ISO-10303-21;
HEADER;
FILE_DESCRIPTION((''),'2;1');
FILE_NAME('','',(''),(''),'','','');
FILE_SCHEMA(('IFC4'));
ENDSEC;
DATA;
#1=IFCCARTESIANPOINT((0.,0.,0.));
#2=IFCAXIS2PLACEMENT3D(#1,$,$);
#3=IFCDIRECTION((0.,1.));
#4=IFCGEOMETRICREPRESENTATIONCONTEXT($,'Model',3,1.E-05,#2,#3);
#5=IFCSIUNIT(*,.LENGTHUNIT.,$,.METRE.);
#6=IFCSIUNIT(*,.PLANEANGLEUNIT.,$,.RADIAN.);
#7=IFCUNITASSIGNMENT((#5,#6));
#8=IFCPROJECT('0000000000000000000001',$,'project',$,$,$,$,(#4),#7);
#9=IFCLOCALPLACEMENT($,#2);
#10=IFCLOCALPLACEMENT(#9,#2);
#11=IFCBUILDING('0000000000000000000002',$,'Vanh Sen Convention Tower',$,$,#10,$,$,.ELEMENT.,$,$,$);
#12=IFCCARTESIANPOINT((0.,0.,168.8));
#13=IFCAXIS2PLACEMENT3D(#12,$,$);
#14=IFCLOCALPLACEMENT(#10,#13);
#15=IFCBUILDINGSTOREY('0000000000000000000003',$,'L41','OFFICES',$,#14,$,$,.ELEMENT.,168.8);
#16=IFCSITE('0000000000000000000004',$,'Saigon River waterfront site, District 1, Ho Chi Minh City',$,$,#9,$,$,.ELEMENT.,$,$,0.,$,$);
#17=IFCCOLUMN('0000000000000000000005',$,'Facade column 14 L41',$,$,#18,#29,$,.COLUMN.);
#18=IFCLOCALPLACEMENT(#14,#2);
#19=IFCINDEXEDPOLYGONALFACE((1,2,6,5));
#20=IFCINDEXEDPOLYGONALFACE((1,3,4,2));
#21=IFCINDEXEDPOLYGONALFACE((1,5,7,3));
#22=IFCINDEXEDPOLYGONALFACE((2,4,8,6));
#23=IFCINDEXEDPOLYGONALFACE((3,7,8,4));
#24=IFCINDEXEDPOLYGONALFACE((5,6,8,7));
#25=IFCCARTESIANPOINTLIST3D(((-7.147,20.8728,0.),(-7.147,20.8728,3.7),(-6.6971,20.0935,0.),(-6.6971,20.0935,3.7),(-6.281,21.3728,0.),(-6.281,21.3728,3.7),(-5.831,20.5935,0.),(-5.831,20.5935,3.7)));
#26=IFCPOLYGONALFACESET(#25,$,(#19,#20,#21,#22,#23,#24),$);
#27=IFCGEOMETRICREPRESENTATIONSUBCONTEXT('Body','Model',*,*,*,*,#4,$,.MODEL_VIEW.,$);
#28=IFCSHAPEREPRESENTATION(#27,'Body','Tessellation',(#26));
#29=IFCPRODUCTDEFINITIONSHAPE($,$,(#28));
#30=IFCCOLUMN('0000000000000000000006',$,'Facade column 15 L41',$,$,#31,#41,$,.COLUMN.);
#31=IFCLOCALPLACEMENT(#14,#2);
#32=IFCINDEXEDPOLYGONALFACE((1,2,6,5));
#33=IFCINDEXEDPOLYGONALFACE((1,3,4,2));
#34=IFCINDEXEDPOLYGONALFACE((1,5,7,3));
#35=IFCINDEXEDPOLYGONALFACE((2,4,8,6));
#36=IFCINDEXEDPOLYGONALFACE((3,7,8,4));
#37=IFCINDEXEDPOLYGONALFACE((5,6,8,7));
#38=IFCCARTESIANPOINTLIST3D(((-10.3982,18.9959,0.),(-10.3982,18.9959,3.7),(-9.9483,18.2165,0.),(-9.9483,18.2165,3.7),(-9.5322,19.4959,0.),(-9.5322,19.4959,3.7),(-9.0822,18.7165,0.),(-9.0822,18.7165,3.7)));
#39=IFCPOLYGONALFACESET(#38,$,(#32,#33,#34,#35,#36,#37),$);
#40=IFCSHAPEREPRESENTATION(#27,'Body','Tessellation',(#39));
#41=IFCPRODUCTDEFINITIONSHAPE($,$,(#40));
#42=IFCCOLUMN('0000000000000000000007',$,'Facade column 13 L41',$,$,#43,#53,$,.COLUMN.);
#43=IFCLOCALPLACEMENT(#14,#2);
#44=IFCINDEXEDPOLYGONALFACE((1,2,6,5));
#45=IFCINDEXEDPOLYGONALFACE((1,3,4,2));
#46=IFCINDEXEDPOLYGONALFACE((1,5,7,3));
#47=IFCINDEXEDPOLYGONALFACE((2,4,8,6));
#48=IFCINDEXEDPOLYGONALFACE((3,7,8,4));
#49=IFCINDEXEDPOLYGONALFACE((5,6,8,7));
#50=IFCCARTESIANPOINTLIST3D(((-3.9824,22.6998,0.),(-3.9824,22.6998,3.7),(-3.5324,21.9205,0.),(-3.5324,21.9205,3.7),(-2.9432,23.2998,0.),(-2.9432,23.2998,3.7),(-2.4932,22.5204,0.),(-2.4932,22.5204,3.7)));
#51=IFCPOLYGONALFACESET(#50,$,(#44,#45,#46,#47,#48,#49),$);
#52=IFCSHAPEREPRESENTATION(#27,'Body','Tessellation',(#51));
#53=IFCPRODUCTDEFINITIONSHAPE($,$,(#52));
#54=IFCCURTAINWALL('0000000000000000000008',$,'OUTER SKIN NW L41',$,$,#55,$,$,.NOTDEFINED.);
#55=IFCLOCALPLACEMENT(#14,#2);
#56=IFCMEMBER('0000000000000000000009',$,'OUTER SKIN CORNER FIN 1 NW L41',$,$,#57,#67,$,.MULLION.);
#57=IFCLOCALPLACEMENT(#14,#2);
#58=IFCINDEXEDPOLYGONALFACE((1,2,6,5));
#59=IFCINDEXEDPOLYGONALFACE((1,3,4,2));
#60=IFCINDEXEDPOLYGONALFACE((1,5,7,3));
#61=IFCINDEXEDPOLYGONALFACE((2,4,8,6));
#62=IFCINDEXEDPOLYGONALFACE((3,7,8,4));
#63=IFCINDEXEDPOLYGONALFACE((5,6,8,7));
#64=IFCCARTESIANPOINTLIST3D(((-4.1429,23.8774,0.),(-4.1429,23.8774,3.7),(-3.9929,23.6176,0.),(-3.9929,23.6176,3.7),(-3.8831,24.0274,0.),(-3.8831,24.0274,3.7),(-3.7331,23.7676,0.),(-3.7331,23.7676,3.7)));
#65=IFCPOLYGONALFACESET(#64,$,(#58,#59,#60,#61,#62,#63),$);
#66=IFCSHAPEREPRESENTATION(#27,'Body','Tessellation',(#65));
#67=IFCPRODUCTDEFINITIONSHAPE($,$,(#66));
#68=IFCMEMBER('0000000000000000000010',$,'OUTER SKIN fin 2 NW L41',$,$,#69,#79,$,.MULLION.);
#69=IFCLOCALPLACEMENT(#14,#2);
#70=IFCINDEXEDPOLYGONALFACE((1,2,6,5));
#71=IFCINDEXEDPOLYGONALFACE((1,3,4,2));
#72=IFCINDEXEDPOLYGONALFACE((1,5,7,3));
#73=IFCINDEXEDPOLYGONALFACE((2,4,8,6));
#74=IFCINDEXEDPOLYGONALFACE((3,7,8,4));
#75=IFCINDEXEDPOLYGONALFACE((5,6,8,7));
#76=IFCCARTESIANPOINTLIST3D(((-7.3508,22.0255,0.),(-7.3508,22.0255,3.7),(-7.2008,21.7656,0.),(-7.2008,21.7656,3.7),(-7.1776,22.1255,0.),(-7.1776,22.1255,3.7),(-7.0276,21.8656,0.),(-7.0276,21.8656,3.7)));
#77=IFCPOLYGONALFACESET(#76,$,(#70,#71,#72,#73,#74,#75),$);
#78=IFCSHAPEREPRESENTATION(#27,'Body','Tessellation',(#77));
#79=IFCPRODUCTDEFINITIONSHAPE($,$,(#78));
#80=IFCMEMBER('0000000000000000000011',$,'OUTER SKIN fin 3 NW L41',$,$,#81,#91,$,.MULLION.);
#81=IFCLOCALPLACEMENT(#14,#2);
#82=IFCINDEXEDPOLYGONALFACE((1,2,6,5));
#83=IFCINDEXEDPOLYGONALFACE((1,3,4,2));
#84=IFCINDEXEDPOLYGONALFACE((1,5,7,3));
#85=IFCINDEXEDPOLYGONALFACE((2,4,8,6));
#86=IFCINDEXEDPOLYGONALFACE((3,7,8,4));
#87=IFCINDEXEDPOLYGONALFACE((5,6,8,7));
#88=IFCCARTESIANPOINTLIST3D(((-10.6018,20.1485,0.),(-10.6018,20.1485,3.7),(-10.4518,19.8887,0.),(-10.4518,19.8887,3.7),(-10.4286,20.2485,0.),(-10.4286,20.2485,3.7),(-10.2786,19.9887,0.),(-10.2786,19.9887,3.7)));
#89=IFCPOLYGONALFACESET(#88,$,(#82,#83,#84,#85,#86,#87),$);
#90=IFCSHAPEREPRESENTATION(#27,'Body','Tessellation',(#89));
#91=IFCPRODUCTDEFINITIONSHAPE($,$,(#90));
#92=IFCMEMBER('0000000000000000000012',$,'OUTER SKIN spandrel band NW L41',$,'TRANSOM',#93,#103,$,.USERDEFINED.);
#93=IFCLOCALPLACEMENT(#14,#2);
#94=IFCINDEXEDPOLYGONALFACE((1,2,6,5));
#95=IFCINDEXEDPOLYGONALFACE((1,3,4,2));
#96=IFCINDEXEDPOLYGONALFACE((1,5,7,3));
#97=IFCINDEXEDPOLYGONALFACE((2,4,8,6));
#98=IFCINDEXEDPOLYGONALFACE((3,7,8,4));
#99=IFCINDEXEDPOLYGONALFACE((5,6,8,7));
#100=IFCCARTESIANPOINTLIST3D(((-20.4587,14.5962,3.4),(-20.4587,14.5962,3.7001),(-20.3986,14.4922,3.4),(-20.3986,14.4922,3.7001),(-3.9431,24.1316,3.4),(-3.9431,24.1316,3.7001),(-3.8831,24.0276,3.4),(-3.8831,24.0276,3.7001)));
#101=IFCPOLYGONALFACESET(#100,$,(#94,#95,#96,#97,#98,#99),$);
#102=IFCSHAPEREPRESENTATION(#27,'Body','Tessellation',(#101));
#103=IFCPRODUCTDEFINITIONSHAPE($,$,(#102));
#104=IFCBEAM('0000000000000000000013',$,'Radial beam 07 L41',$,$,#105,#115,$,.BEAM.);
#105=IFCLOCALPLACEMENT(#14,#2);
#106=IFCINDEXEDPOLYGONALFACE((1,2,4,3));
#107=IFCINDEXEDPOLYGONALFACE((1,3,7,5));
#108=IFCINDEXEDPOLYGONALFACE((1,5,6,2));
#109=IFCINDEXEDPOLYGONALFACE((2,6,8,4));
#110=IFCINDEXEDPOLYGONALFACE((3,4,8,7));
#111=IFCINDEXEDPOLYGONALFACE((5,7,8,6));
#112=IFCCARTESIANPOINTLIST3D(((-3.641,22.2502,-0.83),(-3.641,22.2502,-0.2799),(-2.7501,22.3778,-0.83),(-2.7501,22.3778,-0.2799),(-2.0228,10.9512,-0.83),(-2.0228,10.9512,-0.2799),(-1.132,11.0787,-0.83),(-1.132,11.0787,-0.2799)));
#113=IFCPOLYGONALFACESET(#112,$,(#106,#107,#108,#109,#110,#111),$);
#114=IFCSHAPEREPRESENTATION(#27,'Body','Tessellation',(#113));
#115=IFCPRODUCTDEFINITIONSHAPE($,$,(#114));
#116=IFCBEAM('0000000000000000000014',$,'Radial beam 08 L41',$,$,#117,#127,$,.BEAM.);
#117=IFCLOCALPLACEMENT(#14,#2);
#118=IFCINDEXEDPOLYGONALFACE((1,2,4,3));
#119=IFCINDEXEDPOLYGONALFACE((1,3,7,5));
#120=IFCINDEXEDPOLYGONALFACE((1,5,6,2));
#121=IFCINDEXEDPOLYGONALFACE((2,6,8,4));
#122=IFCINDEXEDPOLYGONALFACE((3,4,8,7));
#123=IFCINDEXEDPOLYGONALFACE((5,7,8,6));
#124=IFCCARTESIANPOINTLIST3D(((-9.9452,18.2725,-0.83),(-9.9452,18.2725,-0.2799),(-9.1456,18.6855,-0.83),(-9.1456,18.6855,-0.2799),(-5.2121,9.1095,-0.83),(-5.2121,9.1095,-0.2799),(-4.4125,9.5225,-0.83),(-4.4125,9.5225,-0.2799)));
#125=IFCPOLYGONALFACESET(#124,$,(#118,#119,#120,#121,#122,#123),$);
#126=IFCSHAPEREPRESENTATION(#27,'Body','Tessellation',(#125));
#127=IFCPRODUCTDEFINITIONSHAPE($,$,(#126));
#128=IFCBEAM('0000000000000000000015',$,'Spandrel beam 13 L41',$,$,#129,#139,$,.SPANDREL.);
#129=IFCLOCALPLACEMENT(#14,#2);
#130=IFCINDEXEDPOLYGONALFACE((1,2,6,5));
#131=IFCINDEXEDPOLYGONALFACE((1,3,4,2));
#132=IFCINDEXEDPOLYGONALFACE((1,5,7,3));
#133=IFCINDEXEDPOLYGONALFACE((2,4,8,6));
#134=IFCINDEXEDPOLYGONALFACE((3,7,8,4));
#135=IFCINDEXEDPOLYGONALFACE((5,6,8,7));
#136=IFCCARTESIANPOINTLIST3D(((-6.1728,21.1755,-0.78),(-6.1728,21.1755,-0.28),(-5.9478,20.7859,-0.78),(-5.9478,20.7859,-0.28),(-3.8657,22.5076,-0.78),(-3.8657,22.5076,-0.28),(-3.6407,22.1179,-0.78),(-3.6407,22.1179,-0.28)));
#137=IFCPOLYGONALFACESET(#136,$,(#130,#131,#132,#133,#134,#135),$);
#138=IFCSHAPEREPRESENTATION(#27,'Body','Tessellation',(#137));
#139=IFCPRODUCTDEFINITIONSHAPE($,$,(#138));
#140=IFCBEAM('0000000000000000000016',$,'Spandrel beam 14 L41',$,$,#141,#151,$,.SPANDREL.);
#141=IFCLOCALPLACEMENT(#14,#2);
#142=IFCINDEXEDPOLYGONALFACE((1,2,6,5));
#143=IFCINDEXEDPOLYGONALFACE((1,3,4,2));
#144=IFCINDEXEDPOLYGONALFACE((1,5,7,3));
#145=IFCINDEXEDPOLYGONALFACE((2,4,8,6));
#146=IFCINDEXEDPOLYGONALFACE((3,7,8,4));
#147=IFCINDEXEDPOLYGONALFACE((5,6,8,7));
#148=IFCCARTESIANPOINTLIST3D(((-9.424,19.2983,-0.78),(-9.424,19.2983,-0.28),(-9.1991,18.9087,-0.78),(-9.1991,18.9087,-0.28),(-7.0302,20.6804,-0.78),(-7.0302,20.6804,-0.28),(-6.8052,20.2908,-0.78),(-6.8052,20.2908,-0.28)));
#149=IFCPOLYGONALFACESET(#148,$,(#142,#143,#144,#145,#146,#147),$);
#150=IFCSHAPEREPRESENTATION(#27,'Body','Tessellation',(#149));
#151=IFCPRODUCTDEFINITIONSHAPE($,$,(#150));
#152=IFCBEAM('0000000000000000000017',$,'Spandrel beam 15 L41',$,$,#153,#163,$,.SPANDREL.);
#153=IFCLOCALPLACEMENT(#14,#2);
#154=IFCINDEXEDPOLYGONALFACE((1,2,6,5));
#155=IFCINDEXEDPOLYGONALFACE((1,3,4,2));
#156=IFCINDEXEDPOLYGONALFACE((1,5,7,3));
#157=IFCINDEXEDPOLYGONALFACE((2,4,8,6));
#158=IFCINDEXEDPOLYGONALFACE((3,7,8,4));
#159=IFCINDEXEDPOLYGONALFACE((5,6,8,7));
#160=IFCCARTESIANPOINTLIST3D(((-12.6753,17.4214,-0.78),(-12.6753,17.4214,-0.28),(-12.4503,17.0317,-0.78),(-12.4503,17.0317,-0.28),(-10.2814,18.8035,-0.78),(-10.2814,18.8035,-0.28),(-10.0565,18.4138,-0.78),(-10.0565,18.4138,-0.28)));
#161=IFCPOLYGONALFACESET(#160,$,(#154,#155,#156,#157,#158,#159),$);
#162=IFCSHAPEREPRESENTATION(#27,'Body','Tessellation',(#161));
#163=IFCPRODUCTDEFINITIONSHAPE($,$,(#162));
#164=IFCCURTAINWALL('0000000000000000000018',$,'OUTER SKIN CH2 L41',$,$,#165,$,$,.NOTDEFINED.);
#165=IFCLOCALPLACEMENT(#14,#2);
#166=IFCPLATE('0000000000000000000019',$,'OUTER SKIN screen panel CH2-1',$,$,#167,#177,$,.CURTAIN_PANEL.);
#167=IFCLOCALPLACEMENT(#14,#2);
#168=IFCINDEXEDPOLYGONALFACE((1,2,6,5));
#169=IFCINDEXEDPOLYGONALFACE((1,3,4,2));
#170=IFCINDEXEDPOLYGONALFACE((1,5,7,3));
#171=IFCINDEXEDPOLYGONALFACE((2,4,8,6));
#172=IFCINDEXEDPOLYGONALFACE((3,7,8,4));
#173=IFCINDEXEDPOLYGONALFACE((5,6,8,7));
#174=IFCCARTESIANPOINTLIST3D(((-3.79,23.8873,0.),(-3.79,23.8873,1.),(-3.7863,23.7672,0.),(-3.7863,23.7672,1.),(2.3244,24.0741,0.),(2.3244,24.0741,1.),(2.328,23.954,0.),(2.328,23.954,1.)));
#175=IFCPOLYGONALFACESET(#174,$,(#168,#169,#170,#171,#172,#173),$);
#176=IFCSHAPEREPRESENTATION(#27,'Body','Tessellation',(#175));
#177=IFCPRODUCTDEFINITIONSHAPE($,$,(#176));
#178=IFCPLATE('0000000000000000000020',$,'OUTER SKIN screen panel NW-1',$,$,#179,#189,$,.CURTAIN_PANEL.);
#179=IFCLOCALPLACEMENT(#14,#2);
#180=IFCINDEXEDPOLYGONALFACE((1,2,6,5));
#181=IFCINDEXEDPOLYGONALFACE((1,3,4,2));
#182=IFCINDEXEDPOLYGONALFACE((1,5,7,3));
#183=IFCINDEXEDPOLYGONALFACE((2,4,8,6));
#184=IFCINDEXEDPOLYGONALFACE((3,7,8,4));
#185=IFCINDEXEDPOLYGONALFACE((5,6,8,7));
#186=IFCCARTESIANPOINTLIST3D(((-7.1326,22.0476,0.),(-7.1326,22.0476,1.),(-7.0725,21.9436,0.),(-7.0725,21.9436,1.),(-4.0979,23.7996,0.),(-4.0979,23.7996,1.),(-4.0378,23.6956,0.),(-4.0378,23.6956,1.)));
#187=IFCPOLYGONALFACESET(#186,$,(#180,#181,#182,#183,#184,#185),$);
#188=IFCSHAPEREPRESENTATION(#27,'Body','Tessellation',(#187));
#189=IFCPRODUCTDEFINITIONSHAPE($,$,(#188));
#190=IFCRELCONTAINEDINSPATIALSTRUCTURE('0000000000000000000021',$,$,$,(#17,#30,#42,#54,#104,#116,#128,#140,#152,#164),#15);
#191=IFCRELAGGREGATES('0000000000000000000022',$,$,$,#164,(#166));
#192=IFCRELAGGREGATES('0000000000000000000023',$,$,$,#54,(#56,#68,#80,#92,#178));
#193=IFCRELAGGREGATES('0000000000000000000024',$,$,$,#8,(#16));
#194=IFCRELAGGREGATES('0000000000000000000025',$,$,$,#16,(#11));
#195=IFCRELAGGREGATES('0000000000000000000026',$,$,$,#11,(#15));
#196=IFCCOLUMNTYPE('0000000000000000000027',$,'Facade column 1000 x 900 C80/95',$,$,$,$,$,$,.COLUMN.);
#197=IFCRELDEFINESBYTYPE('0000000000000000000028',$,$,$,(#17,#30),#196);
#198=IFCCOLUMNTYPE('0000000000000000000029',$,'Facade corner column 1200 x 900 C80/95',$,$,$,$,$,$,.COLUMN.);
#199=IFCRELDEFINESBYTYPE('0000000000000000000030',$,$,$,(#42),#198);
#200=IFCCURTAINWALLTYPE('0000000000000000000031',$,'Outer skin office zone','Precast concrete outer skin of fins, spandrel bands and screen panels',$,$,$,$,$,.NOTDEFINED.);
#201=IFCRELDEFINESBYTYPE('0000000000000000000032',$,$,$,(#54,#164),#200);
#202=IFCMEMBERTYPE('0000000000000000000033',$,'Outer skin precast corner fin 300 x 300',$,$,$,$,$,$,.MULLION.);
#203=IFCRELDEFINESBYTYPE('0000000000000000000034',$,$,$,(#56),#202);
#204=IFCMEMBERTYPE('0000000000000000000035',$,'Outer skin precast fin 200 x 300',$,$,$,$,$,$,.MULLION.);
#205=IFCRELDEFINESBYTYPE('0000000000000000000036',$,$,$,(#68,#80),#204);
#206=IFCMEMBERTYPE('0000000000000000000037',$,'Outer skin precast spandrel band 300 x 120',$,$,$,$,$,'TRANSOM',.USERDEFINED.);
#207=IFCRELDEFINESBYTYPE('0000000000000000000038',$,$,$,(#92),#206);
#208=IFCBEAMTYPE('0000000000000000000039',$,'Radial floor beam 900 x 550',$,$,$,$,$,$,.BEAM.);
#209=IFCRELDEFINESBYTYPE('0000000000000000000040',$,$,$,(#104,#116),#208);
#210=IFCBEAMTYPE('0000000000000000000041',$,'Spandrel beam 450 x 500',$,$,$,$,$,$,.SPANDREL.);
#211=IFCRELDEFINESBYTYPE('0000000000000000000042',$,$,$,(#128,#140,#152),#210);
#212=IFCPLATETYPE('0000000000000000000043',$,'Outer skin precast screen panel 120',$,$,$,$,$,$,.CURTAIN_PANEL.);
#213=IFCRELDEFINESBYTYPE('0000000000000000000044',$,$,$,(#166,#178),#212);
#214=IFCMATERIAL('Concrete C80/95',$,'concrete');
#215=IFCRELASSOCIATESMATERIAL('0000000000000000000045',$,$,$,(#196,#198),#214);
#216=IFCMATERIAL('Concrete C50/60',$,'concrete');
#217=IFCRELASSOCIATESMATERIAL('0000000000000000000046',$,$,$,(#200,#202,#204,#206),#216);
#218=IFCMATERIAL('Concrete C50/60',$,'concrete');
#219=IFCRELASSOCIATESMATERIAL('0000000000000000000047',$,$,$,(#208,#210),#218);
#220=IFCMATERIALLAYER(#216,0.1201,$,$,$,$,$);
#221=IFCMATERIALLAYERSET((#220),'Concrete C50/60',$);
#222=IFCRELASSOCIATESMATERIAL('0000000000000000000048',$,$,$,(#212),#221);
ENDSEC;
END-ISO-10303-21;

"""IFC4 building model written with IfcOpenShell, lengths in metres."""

from ifc_helpers import new_model, si_unit, direction, frame, origin, origin_2d, place, context, subcontext, project, spatial, rectangle, extrude, material, layer, layer_set, material_profile, profile_set, type_object, element, aggregate, save


model = new_model("IFC4")

# Units and contexts
model_context = context("Model", 3, precision=1e-05, world=origin(), true_north=direction((0.0, 1.0)))
body_context = subcontext(model_context, "Body", "Model", "MODEL_VIEW")
ifc_project = project(units=[si_unit("LENGTHUNIT", "METRE"), si_unit("PLANEANGLEUNIT", "RADIAN")], contexts=[model_context])

# Site, building, storey
site_placement = place(None, origin())
site = spatial("IfcSite", under=ifc_project, at=site_placement, Name="Saigon River waterfront site, District 1, Ho Chi Minh City", CompositionType="ELEMENT", RefElevation=0.0)
building_placement = place(site_placement, origin())
building = spatial("IfcBuilding", under=site, at=building_placement, Name="Vanh Sen Convention Tower", CompositionType="ELEMENT")
storey_placement = place(building_placement, frame((0.0, 0.0, 168.8)))
storey = spatial("IfcBuildingStorey", under=building, at=storey_placement, Name="L41", Description="OFFICES", CompositionType="ELEMENT", Elevation=168.8)

# Columns
ifc_material_1 = material(Name="Concrete C80/95", Category="concrete")
ifc_material_profile_1 = material_profile(ifc_material_1, rectangle(XDim=1.0, YDim=0.8999, at=origin_2d()), Name="RC 1000X900")
ifc_profile_set_1 = profile_set([ifc_material_profile_1], Name="Concrete C80/95")
column_type_1 = type_object("IfcColumnType", Name="Facade column 1000 x 900 C80/95", PredefinedType="COLUMN", material=ifc_profile_set_1)
for number, where, z_axis, x_axis, name in (
    (1, (-6.489, 20.7332, 0.0), (0.0, 0.0, 1.0), (-0.866025, -0.5, 0.0), "Facade column 14 L41"),
    (2, (-9.7402, 18.8562, 0.0), (0.0, 0.0, 1.0), (-0.866025, -0.5, 0.0), "Facade column 15 L41"),
):
    element("IfcColumn", number, at=place(storey_placement, frame(where, z_axis=z_axis, x_axis=x_axis)), inside=storey, type_object=column_type_1, Name=name, PredefinedType="COLUMN", context=body_context, shape_type="SweptSolid", body=[
        extrude(rectangle(XDim=1.0, YDim=0.8999, at=origin_2d()), origin(), (0.0, 0.0, 1.0), 3.7),
    ])
ifc_material_profile_2 = material_profile(ifc_material_1, rectangle(XDim=1.2, YDim=0.8999, at=origin_2d()), Name="RC 1200X900")
ifc_profile_set_2 = profile_set([ifc_material_profile_2], Name="Concrete C80/95")
column_type_2 = type_object("IfcColumnType", Name="Facade corner column 1200 x 900 C80/95", PredefinedType="COLUMN", material=ifc_profile_set_2)
column_placement = place(storey_placement, frame((-3.2378, 22.6101, 0.0), z_axis=(0.0, 0.0, 1.0), x_axis=(-0.866025, -0.5, 0.0)))
element("IfcColumn", 3, at=column_placement, inside=storey, type_object=column_type_2, Name="Facade column 13 L41", PredefinedType="COLUMN", context=body_context, shape_type="SweptSolid", body=[
    extrude(rectangle(XDim=1.2, YDim=0.8999, at=origin_2d()), origin(), (0.0, 0.0, 1.0), 3.7),
])

# Curtain wall, members
ifc_material_2 = material(Name="Concrete C50/60", Category="concrete")
curtain_wall_type = type_object("IfcCurtainWallType", Name="Outer skin office zone", Description="Precast concrete outer skin of fins, spandrel bands and screen panels", PredefinedType="NOTDEFINED", material=ifc_material_2)
curtain_wall_1_placement = place(storey_placement, origin())
curtain_wall_1 = element("IfcCurtainWall", 4, at=curtain_wall_1_placement, inside=storey, type_object=curtain_wall_type, Name="OUTER SKIN NW L41", PredefinedType="NOTDEFINED")
ifc_material_profile_3 = material_profile(ifc_material_2, rectangle(XDim=0.3, YDim=0.3, at=origin_2d()), Name="Outer skin precast corner fin 300 x 300")
ifc_profile_set_3 = profile_set([ifc_material_profile_3], Name="Concrete C50/60")
member_type_1 = type_object("IfcMemberType", Name="Outer skin precast corner fin 300 x 300", PredefinedType="MULLION", material=ifc_profile_set_3)
member_1_placement = place(storey_placement, frame((-3.938, 23.8225, 0.0), z_axis=(0.0, 0.0, 1.0), x_axis=(-0.866025, -0.5, 0.0)))
member_1 = element("IfcMember", 5, at=member_1_placement, type_object=member_type_1, Name="OUTER SKIN CORNER FIN 1 NW L41", PredefinedType="MULLION", context=body_context, shape_type="SweptSolid", body=[
    extrude(rectangle(XDim=0.3, YDim=0.3, at=origin_2d()), origin(), (0.0, 0.0, 1.0), 3.7),
])
ifc_material_profile_4 = material_profile(ifc_material_2, rectangle(XDim=0.2, YDim=0.3, at=origin_2d()), Name="Outer skin precast fin 200 x 300")
ifc_profile_set_4 = profile_set([ifc_material_profile_4], Name="Concrete C50/60")
member_type_2 = type_object("IfcMemberType", Name="Outer skin precast fin 200 x 300", PredefinedType="MULLION", material=ifc_profile_set_4)
member_2_placement = place(storey_placement, frame((-7.1892, 21.9456, 0.0), z_axis=(0.0, 0.0, 1.0), x_axis=(-0.866025, -0.5, 0.0)))
member_2 = element("IfcMember", 6, at=member_2_placement, type_object=member_type_2, Name="OUTER SKIN fin 2 NW L41", PredefinedType="MULLION", context=body_context, shape_type="SweptSolid", body=[
    extrude(rectangle(XDim=0.2, YDim=0.3, at=origin_2d()), origin(), (0.0, 0.0, 1.0), 3.7),
])
member_3_placement = place(storey_placement, frame((-10.4402, 20.0686, 0.0), z_axis=(0.0, 0.0, 1.0), x_axis=(-0.866025, -0.5, 0.0)))
member_3 = element("IfcMember", 7, at=member_3_placement, type_object=member_type_2, Name="OUTER SKIN fin 3 NW L41", PredefinedType="MULLION", context=body_context, shape_type="SweptSolid", body=[
    extrude(rectangle(XDim=0.2, YDim=0.3, at=origin_2d()), origin(), (0.0, 0.0, 1.0), 3.7),
])
ifc_material_profile_5 = material_profile(ifc_material_2, rectangle(XDim=0.1201, YDim=0.3, at=origin_2d()), Name="Outer skin precast spandrel band 300 x 120")
ifc_profile_set_5 = profile_set([ifc_material_profile_5], Name="Concrete C50/60")
member_type_3 = type_object("IfcMemberType", Name="Outer skin precast spandrel band 300 x 120", ElementType="TRANSOM", PredefinedType="USERDEFINED", material=ifc_profile_set_5)
member_4_placement = place(storey_placement, frame((-3.9131, 24.0796, 3.55), z_axis=(-0.866023, -0.500004, 0.0), x_axis=(0.500004, -0.866023, 0.0)))
member_4 = element("IfcMember", 8, at=member_4_placement, type_object=member_type_3, Name="OUTER SKIN spandrel band NW L41", ObjectType="TRANSOM", PredefinedType="USERDEFINED", context=body_context, shape_type="SweptSolid", body=[
    extrude(rectangle(XDim=0.1201, YDim=0.3, at=origin_2d()), origin(), (0.0, 0.0, 1.0), 19.0706),
])

# Beams
ifc_material_3 = material(Name="Concrete C50/60", Category="concrete")
ifc_material_profile_6 = material_profile(ifc_material_3, rectangle(XDim=0.8999, YDim=0.55, at=origin_2d()), Name="RC 900X550")
ifc_profile_set_6 = profile_set([ifc_material_profile_6], Name="Concrete C50/60")
beam_type_1 = type_object("IfcBeamType", Name="Radial floor beam 900 x 550", PredefinedType="BEAM", material=ifc_profile_set_6)
beam_1_placement = place(storey_placement, frame((-3.1956, 22.314, -0.5549), z_axis=(0.141766, -0.9899, 0.0), x_axis=(0.9899, 0.141766, 0.0)))
element("IfcBeam", 9, at=beam_1_placement, inside=storey, type_object=beam_type_1, Name="Radial beam 07 L41", PredefinedType="BEAM", context=body_context, shape_type="SweptSolid", body=[
    extrude(rectangle(XDim=0.8999, YDim=0.55, at=origin_2d()), origin(), (0.0, 0.0, 1.0), 11.4143),
])
beam_2_placement = place(storey_placement, frame((-9.5454, 18.479, -0.5549), z_axis=(0.458935, -0.88847, 0.0), x_axis=(0.88847, 0.458935, 0.0)))
element("IfcBeam", 10, at=beam_2_placement, inside=storey, type_object=beam_type_1, Name="Radial beam 08 L41", PredefinedType="BEAM", context=body_context, shape_type="SweptSolid", body=[
    extrude(rectangle(XDim=0.8999, YDim=0.55, at=origin_2d()), origin(), (0.0, 0.0, 1.0), 10.3132),
])
ifc_material_profile_7 = material_profile(ifc_material_3, rectangle(XDim=0.45, YDim=0.5, at=origin_2d()), Name="RC 450X500")
ifc_profile_set_7 = profile_set([ifc_material_profile_7], Name="Concrete C50/60")
beam_type_2 = type_object("IfcBeamType", Name="Spandrel beam 450 x 500", PredefinedType="SPANDREL", material=ifc_profile_set_7)
beam_3_placement = place(storey_placement, frame((-3.7532, 22.3127, -0.53), z_axis=(-0.866024, -0.500003, 0.0), x_axis=(0.500003, -0.866024, 0.0)))
element("IfcBeam", 11, at=beam_3_placement, inside=storey, type_object=beam_type_2, Name="Spandrel beam 13 L41", PredefinedType="SPANDREL", context=body_context, shape_type="SweptSolid", body=[
    extrude(rectangle(XDim=0.45, YDim=0.5, at=origin_2d()), origin(), (0.0, 0.0, 1.0), 2.6641),
])
for number, where, z_axis, x_axis, name in (
    (12, (-6.9177, 20.4856, -0.53), (-0.866022, -0.500005, 0.0), (0.500005, -0.866022, 0.0), "Spandrel beam 14 L41"),
    (13, (-10.1689, 18.6086, -0.53), (-0.866022, -0.500005, 0.0), (0.500005, -0.866022, 0.0), "Spandrel beam 15 L41"),
):
    element("IfcBeam", number, at=place(storey_placement, frame(where, z_axis=z_axis, x_axis=x_axis)), inside=storey, type_object=beam_type_2, Name=name, PredefinedType="SPANDREL", context=body_context, shape_type="SweptSolid", body=[
        extrude(rectangle(XDim=0.45, YDim=0.5, at=origin_2d()), origin(), (0.0, 0.0, 1.0), 2.7642),
    ])

# Curtain wall, plate
curtain_wall_2_placement = place(storey_placement, origin())
curtain_wall_2 = element("IfcCurtainWall", 14, at=curtain_wall_2_placement, inside=storey, type_object=curtain_wall_type, Name="OUTER SKIN CH2 L41", PredefinedType="NOTDEFINED")
ifc_layer_1 = layer(ifc_material_2, 0.1201)
ifc_layer_set_1 = layer_set([ifc_layer_1], Name="Concrete C50/60")
plate_type = type_object("IfcPlateType", Name="Outer skin precast screen panel 120", PredefinedType="CURTAIN_PANEL", material=ifc_layer_set_1)
plate_1_placement = place(storey_placement, frame((-0.731, 23.9207, 0.0), z_axis=(0.0, 0.0, 1.0), x_axis=(-0.999534, -0.030539, 0.0)))
plate_1 = element("IfcPlate", 15, at=plate_1_placement, type_object=plate_type, Name="OUTER SKIN screen panel CH2-1", PredefinedType="CURTAIN_PANEL", context=body_context, shape_type="SweptSolid", body=[
    extrude(rectangle(XDim=6.1172, YDim=0.1201, at=origin_2d()), origin(), (0.0, 0.0, 1.0), 1.0),
])
aggregate(curtain_wall_2, [plate_1])

# Plate
plate_2_placement = place(storey_placement, frame((-5.5852, 22.8716, 0.0), z_axis=(0.0, 0.0, 1.0), x_axis=(-0.866035, -0.499983, 0.0)))
plate_2 = element("IfcPlate", 16, at=plate_2_placement, type_object=plate_type, Name="OUTER SKIN screen panel NW-1", PredefinedType="CURTAIN_PANEL", context=body_context, shape_type="SweptSolid", body=[
    extrude(rectangle(XDim=3.5042, YDim=0.1201, at=origin_2d()), origin(), (0.0, 0.0, 1.0), 1.0),
])
aggregate(curtain_wall_1, [member_1, member_2, member_3, member_4, plate_2])

save(model, "model.ifc")
